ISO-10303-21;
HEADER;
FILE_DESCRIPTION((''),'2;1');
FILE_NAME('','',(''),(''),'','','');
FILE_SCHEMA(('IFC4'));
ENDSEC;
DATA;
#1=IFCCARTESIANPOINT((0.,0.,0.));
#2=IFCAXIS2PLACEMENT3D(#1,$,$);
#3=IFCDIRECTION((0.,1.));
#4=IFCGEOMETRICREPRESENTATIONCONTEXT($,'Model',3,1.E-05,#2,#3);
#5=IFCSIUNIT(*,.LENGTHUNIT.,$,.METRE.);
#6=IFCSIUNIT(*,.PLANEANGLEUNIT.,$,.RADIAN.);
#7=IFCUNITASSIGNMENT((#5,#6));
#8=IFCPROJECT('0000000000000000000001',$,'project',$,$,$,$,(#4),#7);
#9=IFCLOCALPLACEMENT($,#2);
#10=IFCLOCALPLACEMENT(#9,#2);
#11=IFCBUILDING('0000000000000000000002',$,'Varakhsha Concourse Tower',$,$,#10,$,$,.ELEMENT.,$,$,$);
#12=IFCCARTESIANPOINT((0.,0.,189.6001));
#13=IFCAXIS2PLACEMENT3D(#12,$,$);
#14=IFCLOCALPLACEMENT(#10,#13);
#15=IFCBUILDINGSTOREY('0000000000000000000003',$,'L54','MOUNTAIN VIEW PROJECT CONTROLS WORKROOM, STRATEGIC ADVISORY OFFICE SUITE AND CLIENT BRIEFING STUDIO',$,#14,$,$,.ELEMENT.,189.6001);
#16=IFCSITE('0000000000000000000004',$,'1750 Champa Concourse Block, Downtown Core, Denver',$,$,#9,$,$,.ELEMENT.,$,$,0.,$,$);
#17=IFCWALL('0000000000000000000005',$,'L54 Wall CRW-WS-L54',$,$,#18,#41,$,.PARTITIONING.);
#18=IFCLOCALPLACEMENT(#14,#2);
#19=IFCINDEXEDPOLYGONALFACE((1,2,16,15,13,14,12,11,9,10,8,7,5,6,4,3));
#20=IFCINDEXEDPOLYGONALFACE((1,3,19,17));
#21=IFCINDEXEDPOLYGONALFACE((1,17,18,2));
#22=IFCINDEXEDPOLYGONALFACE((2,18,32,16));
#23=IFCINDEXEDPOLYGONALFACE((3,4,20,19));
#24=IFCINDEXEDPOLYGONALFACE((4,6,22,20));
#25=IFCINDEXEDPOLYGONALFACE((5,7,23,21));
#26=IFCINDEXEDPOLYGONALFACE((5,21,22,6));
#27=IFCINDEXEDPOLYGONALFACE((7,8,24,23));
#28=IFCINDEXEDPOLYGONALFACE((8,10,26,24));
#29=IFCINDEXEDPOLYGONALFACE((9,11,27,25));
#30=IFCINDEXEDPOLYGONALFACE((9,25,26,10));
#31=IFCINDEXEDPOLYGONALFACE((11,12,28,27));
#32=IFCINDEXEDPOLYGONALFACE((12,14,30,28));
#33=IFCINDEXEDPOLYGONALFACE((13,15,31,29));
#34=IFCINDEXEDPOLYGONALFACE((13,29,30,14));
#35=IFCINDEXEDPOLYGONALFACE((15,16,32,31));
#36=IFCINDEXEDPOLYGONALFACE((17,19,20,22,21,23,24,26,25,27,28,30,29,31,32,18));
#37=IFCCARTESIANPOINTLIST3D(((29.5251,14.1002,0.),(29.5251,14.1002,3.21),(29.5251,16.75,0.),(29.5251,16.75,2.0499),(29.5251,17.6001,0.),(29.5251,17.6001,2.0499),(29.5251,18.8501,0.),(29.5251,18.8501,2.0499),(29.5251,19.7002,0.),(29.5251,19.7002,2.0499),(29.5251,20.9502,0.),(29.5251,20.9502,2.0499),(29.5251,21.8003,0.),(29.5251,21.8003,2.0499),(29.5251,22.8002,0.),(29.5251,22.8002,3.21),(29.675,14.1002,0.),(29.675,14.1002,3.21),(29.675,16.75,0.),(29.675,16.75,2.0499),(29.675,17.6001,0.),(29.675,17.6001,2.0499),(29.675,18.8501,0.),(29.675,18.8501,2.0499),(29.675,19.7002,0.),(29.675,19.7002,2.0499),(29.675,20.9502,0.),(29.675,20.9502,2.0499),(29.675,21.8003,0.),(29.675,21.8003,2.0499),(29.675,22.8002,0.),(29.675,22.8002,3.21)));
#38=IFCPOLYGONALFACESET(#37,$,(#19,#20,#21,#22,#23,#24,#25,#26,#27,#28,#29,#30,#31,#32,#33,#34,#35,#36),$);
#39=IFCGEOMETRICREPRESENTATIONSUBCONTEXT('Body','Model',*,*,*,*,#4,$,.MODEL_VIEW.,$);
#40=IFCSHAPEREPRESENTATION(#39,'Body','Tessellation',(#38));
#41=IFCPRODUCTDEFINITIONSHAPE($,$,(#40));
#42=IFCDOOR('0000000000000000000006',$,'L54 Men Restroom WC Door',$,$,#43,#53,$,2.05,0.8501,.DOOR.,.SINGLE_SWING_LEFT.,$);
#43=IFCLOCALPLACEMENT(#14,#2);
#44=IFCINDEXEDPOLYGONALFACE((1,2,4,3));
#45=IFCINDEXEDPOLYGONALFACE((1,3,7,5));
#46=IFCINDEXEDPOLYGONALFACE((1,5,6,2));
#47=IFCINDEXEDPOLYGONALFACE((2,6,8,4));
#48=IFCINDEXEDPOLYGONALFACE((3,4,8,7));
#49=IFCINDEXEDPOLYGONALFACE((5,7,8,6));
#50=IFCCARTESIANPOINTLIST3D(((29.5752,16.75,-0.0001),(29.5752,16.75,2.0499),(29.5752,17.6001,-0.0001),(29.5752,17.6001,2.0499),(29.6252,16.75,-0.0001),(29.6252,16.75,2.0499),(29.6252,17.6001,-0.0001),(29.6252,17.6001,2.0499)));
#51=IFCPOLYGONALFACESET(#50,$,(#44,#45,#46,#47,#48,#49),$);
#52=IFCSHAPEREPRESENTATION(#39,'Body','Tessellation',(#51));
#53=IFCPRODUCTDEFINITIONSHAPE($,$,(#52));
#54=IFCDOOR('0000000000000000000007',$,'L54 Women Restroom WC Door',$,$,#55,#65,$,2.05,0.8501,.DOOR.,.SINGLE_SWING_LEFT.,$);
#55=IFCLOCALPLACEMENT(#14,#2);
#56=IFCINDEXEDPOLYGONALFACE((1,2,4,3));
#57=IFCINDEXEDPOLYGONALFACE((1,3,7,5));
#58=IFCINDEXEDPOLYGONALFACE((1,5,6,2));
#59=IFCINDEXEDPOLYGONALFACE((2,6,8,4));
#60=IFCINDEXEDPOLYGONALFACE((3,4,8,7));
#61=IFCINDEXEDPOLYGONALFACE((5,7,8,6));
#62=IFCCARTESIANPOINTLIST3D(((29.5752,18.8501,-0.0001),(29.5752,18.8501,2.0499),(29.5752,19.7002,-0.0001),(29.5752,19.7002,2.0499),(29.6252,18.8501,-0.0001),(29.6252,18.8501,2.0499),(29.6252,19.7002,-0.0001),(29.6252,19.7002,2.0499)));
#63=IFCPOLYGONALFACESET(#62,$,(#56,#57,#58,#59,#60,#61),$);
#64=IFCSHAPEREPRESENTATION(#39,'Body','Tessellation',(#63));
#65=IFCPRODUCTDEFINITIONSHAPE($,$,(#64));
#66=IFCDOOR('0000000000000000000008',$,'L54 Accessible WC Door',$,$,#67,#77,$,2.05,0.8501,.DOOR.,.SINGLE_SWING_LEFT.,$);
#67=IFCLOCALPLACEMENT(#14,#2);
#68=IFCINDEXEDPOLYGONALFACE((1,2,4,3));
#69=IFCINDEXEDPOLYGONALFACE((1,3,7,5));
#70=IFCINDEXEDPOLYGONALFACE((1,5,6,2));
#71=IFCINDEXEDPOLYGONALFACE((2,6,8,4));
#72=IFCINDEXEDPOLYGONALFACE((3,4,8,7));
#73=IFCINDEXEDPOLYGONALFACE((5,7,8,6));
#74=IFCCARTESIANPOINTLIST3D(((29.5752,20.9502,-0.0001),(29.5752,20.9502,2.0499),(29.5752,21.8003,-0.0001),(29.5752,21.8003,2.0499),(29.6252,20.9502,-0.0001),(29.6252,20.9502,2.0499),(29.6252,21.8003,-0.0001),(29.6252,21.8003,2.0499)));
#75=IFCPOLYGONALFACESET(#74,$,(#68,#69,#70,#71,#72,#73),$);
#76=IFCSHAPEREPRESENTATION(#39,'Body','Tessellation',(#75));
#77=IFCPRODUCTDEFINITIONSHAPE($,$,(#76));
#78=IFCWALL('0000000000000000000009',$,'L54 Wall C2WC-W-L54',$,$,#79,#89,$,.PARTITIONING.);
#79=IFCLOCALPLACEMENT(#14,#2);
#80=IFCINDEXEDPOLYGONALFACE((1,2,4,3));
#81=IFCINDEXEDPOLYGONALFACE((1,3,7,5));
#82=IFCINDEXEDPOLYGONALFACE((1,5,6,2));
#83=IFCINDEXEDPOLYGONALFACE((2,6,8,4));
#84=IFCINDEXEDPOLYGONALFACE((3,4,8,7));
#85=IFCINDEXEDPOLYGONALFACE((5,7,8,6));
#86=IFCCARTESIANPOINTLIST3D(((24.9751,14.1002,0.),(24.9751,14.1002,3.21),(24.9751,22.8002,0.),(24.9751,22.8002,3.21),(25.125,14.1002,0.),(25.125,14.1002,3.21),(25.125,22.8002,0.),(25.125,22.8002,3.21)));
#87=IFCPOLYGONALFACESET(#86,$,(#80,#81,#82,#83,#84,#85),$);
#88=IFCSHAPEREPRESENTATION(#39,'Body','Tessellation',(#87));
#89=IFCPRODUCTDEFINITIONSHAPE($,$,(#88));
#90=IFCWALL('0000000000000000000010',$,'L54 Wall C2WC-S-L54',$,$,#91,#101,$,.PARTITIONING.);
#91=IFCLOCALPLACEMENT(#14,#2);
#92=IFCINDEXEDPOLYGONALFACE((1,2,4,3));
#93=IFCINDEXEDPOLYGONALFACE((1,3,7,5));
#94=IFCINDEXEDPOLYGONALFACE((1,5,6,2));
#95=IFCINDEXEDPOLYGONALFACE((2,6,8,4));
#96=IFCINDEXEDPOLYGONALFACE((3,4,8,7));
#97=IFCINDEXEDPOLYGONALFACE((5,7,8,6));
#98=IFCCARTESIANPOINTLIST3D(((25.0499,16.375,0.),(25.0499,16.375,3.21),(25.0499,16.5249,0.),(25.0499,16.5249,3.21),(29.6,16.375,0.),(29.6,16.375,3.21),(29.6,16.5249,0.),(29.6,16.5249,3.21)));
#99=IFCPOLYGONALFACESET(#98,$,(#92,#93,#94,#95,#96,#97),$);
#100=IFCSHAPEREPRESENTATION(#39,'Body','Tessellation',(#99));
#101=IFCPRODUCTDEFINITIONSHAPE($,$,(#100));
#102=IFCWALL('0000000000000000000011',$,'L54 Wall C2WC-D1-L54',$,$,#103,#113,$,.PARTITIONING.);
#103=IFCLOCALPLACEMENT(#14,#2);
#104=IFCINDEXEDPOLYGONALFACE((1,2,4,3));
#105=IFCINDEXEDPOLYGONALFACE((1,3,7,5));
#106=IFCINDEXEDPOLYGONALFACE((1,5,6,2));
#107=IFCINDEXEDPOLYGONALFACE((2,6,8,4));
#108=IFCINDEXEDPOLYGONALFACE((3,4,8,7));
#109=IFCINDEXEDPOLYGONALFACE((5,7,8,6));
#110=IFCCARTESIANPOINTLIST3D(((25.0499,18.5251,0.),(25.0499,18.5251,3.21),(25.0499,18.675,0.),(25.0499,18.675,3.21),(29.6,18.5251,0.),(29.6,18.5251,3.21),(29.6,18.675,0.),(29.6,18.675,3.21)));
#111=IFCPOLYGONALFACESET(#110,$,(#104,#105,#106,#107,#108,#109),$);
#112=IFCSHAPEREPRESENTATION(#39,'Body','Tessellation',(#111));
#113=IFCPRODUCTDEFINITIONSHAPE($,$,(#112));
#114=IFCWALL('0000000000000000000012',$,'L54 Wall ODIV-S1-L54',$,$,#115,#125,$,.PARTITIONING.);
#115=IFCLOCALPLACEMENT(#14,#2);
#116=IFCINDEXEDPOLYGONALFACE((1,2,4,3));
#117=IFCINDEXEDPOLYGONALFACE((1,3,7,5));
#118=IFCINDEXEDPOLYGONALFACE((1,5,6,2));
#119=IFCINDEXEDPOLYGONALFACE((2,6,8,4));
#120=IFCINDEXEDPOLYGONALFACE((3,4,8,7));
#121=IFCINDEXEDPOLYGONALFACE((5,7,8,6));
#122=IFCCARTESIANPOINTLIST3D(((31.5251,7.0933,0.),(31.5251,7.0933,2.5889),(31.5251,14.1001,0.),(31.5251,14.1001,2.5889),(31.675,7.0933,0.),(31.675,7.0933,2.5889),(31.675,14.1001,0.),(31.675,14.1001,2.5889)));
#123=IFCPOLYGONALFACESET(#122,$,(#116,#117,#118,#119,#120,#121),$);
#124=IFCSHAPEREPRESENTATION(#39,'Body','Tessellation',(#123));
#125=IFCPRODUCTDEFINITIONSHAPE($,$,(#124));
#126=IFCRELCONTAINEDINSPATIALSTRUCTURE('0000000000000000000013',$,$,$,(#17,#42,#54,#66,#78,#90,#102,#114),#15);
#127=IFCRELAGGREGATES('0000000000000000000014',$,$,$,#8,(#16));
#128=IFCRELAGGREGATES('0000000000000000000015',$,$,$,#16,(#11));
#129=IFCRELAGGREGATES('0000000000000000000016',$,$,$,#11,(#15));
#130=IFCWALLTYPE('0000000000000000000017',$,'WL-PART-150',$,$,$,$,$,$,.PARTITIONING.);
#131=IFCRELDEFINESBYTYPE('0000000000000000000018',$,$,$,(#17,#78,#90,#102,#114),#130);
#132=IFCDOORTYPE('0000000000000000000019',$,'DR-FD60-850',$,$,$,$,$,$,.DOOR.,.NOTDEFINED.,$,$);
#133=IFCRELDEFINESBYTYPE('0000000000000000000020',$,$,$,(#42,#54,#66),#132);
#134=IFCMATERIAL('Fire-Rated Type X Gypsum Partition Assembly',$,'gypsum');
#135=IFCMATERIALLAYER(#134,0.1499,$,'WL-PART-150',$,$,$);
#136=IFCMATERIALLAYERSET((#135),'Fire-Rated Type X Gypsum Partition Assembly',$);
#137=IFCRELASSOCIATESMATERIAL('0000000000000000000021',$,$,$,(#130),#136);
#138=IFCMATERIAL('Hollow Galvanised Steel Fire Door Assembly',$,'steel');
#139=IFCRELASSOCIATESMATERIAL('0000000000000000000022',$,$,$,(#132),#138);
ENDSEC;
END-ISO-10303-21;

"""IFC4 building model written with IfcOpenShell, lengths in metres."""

from ifc_helpers import new_model, si_unit, direction, frame, frame_2d, origin, place, context, subcontext, project, spatial, rectangle, extrude, material, layer, layer_set, type_object, element, fill, save


model = new_model("IFC4")

# Units and contexts
model_context = context("Model", 3, precision=1e-05, world=origin(), true_north=direction((0.0, 1.0)))
body_context = subcontext(model_context, "Body", "Model", "MODEL_VIEW")
ifc_project = project(units=[si_unit("LENGTHUNIT", "METRE"), si_unit("PLANEANGLEUNIT", "RADIAN")], contexts=[model_context])

# Site, building, storey
site_placement = place(None, origin())
site = spatial("IfcSite", under=ifc_project, at=site_placement, Name="1750 Champa Concourse Block, Downtown Core, Denver", CompositionType="ELEMENT", RefElevation=0.0)
building_placement = place(site_placement, origin())
building = spatial("IfcBuilding", under=site, at=building_placement, Name="Varakhsha Concourse Tower", CompositionType="ELEMENT")
storey_placement = place(building_placement, frame((0.0, 0.0, 189.6001)))
storey = spatial("IfcBuildingStorey", under=building, at=storey_placement, Name="L54", Description="MOUNTAIN VIEW PROJECT CONTROLS WORKROOM, STRATEGIC ADVISORY OFFICE SUITE AND CLIENT BRIEFING STUDIO", CompositionType="ELEMENT", Elevation=189.6001)

# Wall, openings, doors
ifc_material_1 = material(Name="Fire-Rated Type X Gypsum Partition Assembly", Category="gypsum")
ifc_layer_1 = layer(ifc_material_1, 0.1499, Name="WL-PART-150")
ifc_layer_set_1 = layer_set([ifc_layer_1], Name="Fire-Rated Type X Gypsum Partition Assembly")
wall_type = type_object("IfcWallType", Name="WL-PART-150", PredefinedType="PARTITIONING", material=ifc_layer_set_1)
ifc_material_2 = material(Name="Hollow Galvanised Steel Fire Door Assembly", Category="steel")
wall_1_placement = place(storey_placement, frame((29.6001, 14.1001, 0.0), z_axis=(0.0, 0.0, 1.0), x_axis=(0.0, 1.0, 0.0)))
wall_1 = element("IfcWall", 1, at=wall_1_placement, inside=storey, type_object=wall_type, Name="L54 Wall CRW-WS-L54", PredefinedType="PARTITIONING", context=body_context, shape_type="SweptSolid", body=[
    extrude(rectangle(XDim=8.7, YDim=0.1499, at=frame_2d((4.3501, 0.0))), origin(), (0.0, 0.0, 1.0), 3.21),
])
opening_1_placement = place(wall_1_placement, frame((2.6499, 0.0, 0.0)))
opening_1 = element("IfcOpeningElement", 2, at=opening_1_placement, cuts=wall_1, PredefinedType="OPENING", context=body_context, shape_type="SweptSolid", body=[
    extrude(rectangle(XDim=0.8501, YDim=2.05, at=frame_2d((0.425, 1.0249))), frame((0.0, 0.085, 0.0), z_axis=(0.0, -1.0, 0.0), x_axis=(1.0, 0.0, 0.0)), (0.0, 0.0, 1.0), 0.1699),
])
opening_2_placement = place(wall_1_placement, frame((4.75, 0.0, 0.0)))
opening_2 = element("IfcOpeningElement", 3, at=opening_2_placement, cuts=wall_1, PredefinedType="OPENING", context=body_context, shape_type="SweptSolid", body=[
    extrude(rectangle(XDim=0.8501, YDim=2.05, at=frame_2d((0.425, 1.0249))), frame((0.0, 0.085, 0.0), z_axis=(0.0, -1.0, 0.0), x_axis=(1.0, 0.0, 0.0)), (0.0, 0.0, 1.0), 0.1699),
])
opening_3_placement = place(wall_1_placement, frame((6.8501, 0.0, 0.0)))
opening_3 = element("IfcOpeningElement", 4, at=opening_3_placement, cuts=wall_1, PredefinedType="OPENING", context=body_context, shape_type="SweptSolid", body=[
    extrude(rectangle(XDim=0.8501, YDim=2.05, at=frame_2d((0.425, 1.0249))), frame((0.0, 0.085, 0.0), z_axis=(0.0, -1.0, 0.0), x_axis=(1.0, 0.0, 0.0)), (0.0, 0.0, 1.0), 0.1699),
])
door_type_1 = type_object("IfcDoorType", Name="DR-FD60-850", OperationType="NOTDEFINED", PredefinedType="DOOR", material=ifc_material_2)
door_1_placement = place(opening_1_placement, origin())
door_1 = element("IfcDoor", 5, at=door_1_placement, inside=storey, type_object=door_type_1, Name="L54 Men Restroom WC Door", OperationType="SINGLE_SWING_LEFT", OverallHeight=2.05, OverallWidth=0.8501, PredefinedType="DOOR", context=body_context, shape_type="SweptSolid", body=[
    extrude(rectangle(XDim=0.8501, YDim=2.05, at=frame_2d((0.425, 1.0249))), frame((0.0, 0.0249, 0.0), z_axis=(0.0, -1.0, 0.0), x_axis=(1.0, 0.0, 0.0)), (0.0, 0.0, 1.0), 0.05),
])
fill(opening_1, door_1)
door_2_placement = place(opening_2_placement, origin())
door_2 = element("IfcDoor", 6, at=door_2_placement, inside=storey, type_object=door_type_1, Name="L54 Women Restroom WC Door", OperationType="SINGLE_SWING_LEFT", OverallHeight=2.05, OverallWidth=0.8501, PredefinedType="DOOR", context=body_context, shape_type="SweptSolid", body=[
    extrude(rectangle(XDim=0.8501, YDim=2.05, at=frame_2d((0.425, 1.0249))), frame((0.0, 0.0249, 0.0), z_axis=(0.0, -1.0, 0.0), x_axis=(1.0, 0.0, 0.0)), (0.0, 0.0, 1.0), 0.05),
])
fill(opening_2, door_2)
door_3_placement = place(opening_3_placement, origin())
door_3 = element("IfcDoor", 7, at=door_3_placement, inside=storey, type_object=door_type_1, Name="L54 Accessible WC Door", OperationType="SINGLE_SWING_LEFT", OverallHeight=2.05, OverallWidth=0.8501, PredefinedType="DOOR", context=body_context, shape_type="SweptSolid", body=[
    extrude(rectangle(XDim=0.8501, YDim=2.05, at=frame_2d((0.425, 1.0249))), frame((0.0, 0.0249, 0.0), z_axis=(0.0, -1.0, 0.0), x_axis=(1.0, 0.0, 0.0)), (0.0, 0.0, 1.0), 0.05),
])
fill(opening_3, door_3)

# Walls
wall_2_placement = place(storey_placement, frame((25.05, 14.1001, 0.0), z_axis=(0.0, 0.0, 1.0), x_axis=(0.0, 1.0, 0.0)))
element("IfcWall", 8, at=wall_2_placement, inside=storey, type_object=wall_type, Name="L54 Wall C2WC-W-L54", PredefinedType="PARTITIONING", context=body_context, shape_type="SweptSolid", body=[
    extrude(rectangle(XDim=8.7, YDim=0.1499, at=frame_2d((4.3501, 0.0))), origin(), (0.0, 0.0, 1.0), 3.21),
])
for number, where, z_axis, x_axis, name in (
    (9, (25.05, 16.45, 0.0), (0.0, 0.0, 1.0), (1.0, 0.0, 0.0), "L54 Wall C2WC-S-L54"),
    (10, (25.05, 18.6001, 0.0), (0.0, 0.0, 1.0), (1.0, 0.0, 0.0), "L54 Wall C2WC-D1-L54"),
):
    element("IfcWall", number, at=place(storey_placement, frame(where, z_axis=z_axis, x_axis=x_axis)), inside=storey, type_object=wall_type, Name=name, PredefinedType="PARTITIONING", context=body_context, shape_type="SweptSolid", body=[
        extrude(rectangle(XDim=4.55, YDim=0.1499, at=frame_2d((2.2749, 0.0))), origin(), (0.0, 0.0, 1.0), 3.21),
    ])
wall_3_placement = place(storey_placement, frame((31.6001, 7.0933, 0.0), z_axis=(0.0, 0.0, 1.0), x_axis=(0.0, 1.0, 0.0)))
element("IfcWall", 11, at=wall_3_placement, inside=storey, type_object=wall_type, Name="L54 Wall ODIV-S1-L54", PredefinedType="PARTITIONING", context=body_context, shape_type="SweptSolid", body=[
    extrude(rectangle(XDim=7.0068, YDim=0.1499, at=frame_2d((3.5034, 0.0))), origin(), (0.0, 0.0, 1.0), 2.5889),
])

save(model, "model.ifc")
